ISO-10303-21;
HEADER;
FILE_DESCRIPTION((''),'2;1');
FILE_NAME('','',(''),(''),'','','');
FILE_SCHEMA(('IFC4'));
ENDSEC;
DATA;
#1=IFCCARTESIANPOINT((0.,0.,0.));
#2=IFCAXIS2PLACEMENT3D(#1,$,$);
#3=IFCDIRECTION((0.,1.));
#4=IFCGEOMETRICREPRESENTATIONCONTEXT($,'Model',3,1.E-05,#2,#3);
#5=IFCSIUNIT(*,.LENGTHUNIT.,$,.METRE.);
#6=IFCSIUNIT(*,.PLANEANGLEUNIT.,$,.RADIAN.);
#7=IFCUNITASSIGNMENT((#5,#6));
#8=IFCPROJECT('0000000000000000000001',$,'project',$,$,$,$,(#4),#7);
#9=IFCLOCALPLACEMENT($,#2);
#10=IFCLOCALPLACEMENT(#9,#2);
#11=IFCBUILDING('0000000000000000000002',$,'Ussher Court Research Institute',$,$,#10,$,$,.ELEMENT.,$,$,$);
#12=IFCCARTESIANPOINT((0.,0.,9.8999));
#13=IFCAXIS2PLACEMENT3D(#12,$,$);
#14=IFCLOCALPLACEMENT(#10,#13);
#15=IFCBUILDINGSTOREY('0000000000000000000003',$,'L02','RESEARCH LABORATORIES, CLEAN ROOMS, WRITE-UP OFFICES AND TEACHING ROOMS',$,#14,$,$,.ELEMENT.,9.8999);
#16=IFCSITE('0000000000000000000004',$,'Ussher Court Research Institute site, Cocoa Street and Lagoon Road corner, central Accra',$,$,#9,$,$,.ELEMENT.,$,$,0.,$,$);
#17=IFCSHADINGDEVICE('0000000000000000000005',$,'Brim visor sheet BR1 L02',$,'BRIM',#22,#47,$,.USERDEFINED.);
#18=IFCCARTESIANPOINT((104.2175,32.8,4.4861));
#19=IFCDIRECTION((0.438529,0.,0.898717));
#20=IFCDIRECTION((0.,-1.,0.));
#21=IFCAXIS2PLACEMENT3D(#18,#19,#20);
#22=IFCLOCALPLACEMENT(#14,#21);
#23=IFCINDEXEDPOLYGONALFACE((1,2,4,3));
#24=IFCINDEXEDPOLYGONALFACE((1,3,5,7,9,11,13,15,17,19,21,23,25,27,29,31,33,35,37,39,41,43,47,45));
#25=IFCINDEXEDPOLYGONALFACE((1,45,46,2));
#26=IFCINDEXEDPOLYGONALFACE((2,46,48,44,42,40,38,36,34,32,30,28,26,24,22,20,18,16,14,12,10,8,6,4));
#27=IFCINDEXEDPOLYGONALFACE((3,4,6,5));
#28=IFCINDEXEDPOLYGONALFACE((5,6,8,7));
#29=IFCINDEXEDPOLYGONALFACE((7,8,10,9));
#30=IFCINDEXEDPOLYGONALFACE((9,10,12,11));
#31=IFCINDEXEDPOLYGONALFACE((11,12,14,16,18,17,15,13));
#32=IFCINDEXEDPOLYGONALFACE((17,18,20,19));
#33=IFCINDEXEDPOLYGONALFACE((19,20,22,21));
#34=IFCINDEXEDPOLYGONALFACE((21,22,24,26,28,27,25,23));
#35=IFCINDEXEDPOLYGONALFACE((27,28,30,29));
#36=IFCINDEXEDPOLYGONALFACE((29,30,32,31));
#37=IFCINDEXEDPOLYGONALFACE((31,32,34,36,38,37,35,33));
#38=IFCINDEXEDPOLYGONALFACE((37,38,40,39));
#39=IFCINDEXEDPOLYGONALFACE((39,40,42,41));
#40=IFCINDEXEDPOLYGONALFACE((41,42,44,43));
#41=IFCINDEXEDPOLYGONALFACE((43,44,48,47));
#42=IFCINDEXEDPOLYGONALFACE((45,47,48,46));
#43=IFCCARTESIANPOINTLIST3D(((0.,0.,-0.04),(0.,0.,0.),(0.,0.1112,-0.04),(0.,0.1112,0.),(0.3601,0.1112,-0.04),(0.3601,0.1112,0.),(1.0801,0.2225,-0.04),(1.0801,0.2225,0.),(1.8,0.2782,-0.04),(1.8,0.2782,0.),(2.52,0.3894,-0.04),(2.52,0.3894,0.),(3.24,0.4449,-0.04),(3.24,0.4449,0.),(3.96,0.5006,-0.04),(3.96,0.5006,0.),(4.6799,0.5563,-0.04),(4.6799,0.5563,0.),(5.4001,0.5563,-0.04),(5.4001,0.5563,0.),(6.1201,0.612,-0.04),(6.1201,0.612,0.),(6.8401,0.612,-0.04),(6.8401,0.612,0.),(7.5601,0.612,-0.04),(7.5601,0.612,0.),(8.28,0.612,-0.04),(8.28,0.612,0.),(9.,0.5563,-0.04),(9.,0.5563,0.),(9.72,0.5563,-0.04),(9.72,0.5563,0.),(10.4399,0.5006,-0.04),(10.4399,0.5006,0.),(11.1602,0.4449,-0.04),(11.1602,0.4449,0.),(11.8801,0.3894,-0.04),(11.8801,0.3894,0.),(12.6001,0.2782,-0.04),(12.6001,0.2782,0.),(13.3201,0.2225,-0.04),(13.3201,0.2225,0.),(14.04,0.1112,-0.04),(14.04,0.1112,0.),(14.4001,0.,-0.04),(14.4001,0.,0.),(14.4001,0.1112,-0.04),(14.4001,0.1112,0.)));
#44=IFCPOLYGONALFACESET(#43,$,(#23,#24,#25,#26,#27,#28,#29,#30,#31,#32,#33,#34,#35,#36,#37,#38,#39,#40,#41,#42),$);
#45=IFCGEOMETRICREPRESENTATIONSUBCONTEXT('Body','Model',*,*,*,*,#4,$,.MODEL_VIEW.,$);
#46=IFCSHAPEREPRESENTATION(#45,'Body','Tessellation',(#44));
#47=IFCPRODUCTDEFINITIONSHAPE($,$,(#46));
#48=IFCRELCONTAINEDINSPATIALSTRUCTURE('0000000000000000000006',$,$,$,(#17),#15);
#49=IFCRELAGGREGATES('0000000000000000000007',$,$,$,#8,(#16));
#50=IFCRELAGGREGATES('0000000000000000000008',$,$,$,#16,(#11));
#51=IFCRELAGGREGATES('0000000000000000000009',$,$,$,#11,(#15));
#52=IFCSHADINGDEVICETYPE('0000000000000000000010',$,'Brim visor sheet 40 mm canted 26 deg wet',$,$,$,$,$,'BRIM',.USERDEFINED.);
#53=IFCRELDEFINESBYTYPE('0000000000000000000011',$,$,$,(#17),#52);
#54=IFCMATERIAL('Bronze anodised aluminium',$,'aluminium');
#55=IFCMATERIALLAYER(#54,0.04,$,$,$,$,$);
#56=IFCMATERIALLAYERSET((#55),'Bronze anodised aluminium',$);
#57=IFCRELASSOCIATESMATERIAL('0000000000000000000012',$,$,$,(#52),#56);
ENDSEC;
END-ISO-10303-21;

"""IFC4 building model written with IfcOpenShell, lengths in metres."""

from ifc_helpers import new_model, si_unit, direction, frame, origin, place, context, subcontext, project, spatial, polyline, outline, extrude, material, layer, layer_set, type_object, element, save


model = new_model("IFC4")

# Units and contexts
model_context = context("Model", 3, precision=1e-05, world=origin(), true_north=direction((0.0, 1.0)))
body_context = subcontext(model_context, "Body", "Model", "MODEL_VIEW")
ifc_project = project(units=[si_unit("LENGTHUNIT", "METRE"), si_unit("PLANEANGLEUNIT", "RADIAN")], contexts=[model_context])

# Site, building, storey
site_placement = place(None, origin())
site = spatial("IfcSite", under=ifc_project, at=site_placement, Name="Ussher Court Research Institute site, Cocoa Street and Lagoon Road corner, central Accra", CompositionType="ELEMENT", RefElevation=0.0)
building_placement = place(site_placement, origin())
building = spatial("IfcBuilding", under=site, at=building_placement, Name="Ussher Court Research Institute", CompositionType="ELEMENT")
storey_placement = place(building_placement, frame((0.0, 0.0, 9.8999)))
storey = spatial("IfcBuildingStorey", under=building, at=storey_placement, Name="L02", Description="RESEARCH LABORATORIES, CLEAN ROOMS, WRITE-UP OFFICES AND TEACHING ROOMS", CompositionType="ELEMENT", Elevation=9.8999)

# Shading device
ifc_material_1 = material(Name="Bronze anodised aluminium", Category="aluminium")
ifc_layer_1 = layer(ifc_material_1, 0.04)
ifc_layer_set_1 = layer_set([ifc_layer_1], Name="Bronze anodised aluminium")
shading_device_type_1 = type_object("IfcShadingDeviceType", Name="Brim visor sheet 40 mm canted 26 deg wet", ElementType="BRIM", PredefinedType="USERDEFINED", material=ifc_layer_set_1)
shading_device_1_placement = place(storey_placement, frame((104.2175, 32.8, 4.4861), z_axis=(0.438529, 0.0, 0.898717), x_axis=(0.0, -1.0, 0.0)))
element("IfcShadingDevice", 1, at=shading_device_1_placement, inside=storey, type_object=shading_device_type_1, Name="Brim visor sheet BR1 L02", ObjectType="BRIM", PredefinedType="USERDEFINED", context=body_context, shape_type="SweptSolid", body=[
    extrude(outline(polyline([(0.0, 0.0), (14.4001, 0.0), (14.4001, 0.1112), (14.04, 0.1112), (13.3201, 0.2225), (12.6001, 0.2782), (11.8801, 0.3894), (11.1602, 0.4449), (10.4399, 0.5006), (9.72, 0.5563), (9.0, 0.5563), (8.28, 0.612), (7.5601, 0.612), (6.8401, 0.612), (6.1201, 0.612), (5.4001, 0.5563), (4.6799, 0.5563), (3.96, 0.5006), (3.24, 0.4449), (2.52, 0.3894), (1.8, 0.2782), (1.0801, 0.2225), (0.3601, 0.1112), (0.0, 0.1112), (0.0, 0.0)])), origin(), (0.0, 0.0, -1.0), 0.04),
])

save(model, "model.ifc")
